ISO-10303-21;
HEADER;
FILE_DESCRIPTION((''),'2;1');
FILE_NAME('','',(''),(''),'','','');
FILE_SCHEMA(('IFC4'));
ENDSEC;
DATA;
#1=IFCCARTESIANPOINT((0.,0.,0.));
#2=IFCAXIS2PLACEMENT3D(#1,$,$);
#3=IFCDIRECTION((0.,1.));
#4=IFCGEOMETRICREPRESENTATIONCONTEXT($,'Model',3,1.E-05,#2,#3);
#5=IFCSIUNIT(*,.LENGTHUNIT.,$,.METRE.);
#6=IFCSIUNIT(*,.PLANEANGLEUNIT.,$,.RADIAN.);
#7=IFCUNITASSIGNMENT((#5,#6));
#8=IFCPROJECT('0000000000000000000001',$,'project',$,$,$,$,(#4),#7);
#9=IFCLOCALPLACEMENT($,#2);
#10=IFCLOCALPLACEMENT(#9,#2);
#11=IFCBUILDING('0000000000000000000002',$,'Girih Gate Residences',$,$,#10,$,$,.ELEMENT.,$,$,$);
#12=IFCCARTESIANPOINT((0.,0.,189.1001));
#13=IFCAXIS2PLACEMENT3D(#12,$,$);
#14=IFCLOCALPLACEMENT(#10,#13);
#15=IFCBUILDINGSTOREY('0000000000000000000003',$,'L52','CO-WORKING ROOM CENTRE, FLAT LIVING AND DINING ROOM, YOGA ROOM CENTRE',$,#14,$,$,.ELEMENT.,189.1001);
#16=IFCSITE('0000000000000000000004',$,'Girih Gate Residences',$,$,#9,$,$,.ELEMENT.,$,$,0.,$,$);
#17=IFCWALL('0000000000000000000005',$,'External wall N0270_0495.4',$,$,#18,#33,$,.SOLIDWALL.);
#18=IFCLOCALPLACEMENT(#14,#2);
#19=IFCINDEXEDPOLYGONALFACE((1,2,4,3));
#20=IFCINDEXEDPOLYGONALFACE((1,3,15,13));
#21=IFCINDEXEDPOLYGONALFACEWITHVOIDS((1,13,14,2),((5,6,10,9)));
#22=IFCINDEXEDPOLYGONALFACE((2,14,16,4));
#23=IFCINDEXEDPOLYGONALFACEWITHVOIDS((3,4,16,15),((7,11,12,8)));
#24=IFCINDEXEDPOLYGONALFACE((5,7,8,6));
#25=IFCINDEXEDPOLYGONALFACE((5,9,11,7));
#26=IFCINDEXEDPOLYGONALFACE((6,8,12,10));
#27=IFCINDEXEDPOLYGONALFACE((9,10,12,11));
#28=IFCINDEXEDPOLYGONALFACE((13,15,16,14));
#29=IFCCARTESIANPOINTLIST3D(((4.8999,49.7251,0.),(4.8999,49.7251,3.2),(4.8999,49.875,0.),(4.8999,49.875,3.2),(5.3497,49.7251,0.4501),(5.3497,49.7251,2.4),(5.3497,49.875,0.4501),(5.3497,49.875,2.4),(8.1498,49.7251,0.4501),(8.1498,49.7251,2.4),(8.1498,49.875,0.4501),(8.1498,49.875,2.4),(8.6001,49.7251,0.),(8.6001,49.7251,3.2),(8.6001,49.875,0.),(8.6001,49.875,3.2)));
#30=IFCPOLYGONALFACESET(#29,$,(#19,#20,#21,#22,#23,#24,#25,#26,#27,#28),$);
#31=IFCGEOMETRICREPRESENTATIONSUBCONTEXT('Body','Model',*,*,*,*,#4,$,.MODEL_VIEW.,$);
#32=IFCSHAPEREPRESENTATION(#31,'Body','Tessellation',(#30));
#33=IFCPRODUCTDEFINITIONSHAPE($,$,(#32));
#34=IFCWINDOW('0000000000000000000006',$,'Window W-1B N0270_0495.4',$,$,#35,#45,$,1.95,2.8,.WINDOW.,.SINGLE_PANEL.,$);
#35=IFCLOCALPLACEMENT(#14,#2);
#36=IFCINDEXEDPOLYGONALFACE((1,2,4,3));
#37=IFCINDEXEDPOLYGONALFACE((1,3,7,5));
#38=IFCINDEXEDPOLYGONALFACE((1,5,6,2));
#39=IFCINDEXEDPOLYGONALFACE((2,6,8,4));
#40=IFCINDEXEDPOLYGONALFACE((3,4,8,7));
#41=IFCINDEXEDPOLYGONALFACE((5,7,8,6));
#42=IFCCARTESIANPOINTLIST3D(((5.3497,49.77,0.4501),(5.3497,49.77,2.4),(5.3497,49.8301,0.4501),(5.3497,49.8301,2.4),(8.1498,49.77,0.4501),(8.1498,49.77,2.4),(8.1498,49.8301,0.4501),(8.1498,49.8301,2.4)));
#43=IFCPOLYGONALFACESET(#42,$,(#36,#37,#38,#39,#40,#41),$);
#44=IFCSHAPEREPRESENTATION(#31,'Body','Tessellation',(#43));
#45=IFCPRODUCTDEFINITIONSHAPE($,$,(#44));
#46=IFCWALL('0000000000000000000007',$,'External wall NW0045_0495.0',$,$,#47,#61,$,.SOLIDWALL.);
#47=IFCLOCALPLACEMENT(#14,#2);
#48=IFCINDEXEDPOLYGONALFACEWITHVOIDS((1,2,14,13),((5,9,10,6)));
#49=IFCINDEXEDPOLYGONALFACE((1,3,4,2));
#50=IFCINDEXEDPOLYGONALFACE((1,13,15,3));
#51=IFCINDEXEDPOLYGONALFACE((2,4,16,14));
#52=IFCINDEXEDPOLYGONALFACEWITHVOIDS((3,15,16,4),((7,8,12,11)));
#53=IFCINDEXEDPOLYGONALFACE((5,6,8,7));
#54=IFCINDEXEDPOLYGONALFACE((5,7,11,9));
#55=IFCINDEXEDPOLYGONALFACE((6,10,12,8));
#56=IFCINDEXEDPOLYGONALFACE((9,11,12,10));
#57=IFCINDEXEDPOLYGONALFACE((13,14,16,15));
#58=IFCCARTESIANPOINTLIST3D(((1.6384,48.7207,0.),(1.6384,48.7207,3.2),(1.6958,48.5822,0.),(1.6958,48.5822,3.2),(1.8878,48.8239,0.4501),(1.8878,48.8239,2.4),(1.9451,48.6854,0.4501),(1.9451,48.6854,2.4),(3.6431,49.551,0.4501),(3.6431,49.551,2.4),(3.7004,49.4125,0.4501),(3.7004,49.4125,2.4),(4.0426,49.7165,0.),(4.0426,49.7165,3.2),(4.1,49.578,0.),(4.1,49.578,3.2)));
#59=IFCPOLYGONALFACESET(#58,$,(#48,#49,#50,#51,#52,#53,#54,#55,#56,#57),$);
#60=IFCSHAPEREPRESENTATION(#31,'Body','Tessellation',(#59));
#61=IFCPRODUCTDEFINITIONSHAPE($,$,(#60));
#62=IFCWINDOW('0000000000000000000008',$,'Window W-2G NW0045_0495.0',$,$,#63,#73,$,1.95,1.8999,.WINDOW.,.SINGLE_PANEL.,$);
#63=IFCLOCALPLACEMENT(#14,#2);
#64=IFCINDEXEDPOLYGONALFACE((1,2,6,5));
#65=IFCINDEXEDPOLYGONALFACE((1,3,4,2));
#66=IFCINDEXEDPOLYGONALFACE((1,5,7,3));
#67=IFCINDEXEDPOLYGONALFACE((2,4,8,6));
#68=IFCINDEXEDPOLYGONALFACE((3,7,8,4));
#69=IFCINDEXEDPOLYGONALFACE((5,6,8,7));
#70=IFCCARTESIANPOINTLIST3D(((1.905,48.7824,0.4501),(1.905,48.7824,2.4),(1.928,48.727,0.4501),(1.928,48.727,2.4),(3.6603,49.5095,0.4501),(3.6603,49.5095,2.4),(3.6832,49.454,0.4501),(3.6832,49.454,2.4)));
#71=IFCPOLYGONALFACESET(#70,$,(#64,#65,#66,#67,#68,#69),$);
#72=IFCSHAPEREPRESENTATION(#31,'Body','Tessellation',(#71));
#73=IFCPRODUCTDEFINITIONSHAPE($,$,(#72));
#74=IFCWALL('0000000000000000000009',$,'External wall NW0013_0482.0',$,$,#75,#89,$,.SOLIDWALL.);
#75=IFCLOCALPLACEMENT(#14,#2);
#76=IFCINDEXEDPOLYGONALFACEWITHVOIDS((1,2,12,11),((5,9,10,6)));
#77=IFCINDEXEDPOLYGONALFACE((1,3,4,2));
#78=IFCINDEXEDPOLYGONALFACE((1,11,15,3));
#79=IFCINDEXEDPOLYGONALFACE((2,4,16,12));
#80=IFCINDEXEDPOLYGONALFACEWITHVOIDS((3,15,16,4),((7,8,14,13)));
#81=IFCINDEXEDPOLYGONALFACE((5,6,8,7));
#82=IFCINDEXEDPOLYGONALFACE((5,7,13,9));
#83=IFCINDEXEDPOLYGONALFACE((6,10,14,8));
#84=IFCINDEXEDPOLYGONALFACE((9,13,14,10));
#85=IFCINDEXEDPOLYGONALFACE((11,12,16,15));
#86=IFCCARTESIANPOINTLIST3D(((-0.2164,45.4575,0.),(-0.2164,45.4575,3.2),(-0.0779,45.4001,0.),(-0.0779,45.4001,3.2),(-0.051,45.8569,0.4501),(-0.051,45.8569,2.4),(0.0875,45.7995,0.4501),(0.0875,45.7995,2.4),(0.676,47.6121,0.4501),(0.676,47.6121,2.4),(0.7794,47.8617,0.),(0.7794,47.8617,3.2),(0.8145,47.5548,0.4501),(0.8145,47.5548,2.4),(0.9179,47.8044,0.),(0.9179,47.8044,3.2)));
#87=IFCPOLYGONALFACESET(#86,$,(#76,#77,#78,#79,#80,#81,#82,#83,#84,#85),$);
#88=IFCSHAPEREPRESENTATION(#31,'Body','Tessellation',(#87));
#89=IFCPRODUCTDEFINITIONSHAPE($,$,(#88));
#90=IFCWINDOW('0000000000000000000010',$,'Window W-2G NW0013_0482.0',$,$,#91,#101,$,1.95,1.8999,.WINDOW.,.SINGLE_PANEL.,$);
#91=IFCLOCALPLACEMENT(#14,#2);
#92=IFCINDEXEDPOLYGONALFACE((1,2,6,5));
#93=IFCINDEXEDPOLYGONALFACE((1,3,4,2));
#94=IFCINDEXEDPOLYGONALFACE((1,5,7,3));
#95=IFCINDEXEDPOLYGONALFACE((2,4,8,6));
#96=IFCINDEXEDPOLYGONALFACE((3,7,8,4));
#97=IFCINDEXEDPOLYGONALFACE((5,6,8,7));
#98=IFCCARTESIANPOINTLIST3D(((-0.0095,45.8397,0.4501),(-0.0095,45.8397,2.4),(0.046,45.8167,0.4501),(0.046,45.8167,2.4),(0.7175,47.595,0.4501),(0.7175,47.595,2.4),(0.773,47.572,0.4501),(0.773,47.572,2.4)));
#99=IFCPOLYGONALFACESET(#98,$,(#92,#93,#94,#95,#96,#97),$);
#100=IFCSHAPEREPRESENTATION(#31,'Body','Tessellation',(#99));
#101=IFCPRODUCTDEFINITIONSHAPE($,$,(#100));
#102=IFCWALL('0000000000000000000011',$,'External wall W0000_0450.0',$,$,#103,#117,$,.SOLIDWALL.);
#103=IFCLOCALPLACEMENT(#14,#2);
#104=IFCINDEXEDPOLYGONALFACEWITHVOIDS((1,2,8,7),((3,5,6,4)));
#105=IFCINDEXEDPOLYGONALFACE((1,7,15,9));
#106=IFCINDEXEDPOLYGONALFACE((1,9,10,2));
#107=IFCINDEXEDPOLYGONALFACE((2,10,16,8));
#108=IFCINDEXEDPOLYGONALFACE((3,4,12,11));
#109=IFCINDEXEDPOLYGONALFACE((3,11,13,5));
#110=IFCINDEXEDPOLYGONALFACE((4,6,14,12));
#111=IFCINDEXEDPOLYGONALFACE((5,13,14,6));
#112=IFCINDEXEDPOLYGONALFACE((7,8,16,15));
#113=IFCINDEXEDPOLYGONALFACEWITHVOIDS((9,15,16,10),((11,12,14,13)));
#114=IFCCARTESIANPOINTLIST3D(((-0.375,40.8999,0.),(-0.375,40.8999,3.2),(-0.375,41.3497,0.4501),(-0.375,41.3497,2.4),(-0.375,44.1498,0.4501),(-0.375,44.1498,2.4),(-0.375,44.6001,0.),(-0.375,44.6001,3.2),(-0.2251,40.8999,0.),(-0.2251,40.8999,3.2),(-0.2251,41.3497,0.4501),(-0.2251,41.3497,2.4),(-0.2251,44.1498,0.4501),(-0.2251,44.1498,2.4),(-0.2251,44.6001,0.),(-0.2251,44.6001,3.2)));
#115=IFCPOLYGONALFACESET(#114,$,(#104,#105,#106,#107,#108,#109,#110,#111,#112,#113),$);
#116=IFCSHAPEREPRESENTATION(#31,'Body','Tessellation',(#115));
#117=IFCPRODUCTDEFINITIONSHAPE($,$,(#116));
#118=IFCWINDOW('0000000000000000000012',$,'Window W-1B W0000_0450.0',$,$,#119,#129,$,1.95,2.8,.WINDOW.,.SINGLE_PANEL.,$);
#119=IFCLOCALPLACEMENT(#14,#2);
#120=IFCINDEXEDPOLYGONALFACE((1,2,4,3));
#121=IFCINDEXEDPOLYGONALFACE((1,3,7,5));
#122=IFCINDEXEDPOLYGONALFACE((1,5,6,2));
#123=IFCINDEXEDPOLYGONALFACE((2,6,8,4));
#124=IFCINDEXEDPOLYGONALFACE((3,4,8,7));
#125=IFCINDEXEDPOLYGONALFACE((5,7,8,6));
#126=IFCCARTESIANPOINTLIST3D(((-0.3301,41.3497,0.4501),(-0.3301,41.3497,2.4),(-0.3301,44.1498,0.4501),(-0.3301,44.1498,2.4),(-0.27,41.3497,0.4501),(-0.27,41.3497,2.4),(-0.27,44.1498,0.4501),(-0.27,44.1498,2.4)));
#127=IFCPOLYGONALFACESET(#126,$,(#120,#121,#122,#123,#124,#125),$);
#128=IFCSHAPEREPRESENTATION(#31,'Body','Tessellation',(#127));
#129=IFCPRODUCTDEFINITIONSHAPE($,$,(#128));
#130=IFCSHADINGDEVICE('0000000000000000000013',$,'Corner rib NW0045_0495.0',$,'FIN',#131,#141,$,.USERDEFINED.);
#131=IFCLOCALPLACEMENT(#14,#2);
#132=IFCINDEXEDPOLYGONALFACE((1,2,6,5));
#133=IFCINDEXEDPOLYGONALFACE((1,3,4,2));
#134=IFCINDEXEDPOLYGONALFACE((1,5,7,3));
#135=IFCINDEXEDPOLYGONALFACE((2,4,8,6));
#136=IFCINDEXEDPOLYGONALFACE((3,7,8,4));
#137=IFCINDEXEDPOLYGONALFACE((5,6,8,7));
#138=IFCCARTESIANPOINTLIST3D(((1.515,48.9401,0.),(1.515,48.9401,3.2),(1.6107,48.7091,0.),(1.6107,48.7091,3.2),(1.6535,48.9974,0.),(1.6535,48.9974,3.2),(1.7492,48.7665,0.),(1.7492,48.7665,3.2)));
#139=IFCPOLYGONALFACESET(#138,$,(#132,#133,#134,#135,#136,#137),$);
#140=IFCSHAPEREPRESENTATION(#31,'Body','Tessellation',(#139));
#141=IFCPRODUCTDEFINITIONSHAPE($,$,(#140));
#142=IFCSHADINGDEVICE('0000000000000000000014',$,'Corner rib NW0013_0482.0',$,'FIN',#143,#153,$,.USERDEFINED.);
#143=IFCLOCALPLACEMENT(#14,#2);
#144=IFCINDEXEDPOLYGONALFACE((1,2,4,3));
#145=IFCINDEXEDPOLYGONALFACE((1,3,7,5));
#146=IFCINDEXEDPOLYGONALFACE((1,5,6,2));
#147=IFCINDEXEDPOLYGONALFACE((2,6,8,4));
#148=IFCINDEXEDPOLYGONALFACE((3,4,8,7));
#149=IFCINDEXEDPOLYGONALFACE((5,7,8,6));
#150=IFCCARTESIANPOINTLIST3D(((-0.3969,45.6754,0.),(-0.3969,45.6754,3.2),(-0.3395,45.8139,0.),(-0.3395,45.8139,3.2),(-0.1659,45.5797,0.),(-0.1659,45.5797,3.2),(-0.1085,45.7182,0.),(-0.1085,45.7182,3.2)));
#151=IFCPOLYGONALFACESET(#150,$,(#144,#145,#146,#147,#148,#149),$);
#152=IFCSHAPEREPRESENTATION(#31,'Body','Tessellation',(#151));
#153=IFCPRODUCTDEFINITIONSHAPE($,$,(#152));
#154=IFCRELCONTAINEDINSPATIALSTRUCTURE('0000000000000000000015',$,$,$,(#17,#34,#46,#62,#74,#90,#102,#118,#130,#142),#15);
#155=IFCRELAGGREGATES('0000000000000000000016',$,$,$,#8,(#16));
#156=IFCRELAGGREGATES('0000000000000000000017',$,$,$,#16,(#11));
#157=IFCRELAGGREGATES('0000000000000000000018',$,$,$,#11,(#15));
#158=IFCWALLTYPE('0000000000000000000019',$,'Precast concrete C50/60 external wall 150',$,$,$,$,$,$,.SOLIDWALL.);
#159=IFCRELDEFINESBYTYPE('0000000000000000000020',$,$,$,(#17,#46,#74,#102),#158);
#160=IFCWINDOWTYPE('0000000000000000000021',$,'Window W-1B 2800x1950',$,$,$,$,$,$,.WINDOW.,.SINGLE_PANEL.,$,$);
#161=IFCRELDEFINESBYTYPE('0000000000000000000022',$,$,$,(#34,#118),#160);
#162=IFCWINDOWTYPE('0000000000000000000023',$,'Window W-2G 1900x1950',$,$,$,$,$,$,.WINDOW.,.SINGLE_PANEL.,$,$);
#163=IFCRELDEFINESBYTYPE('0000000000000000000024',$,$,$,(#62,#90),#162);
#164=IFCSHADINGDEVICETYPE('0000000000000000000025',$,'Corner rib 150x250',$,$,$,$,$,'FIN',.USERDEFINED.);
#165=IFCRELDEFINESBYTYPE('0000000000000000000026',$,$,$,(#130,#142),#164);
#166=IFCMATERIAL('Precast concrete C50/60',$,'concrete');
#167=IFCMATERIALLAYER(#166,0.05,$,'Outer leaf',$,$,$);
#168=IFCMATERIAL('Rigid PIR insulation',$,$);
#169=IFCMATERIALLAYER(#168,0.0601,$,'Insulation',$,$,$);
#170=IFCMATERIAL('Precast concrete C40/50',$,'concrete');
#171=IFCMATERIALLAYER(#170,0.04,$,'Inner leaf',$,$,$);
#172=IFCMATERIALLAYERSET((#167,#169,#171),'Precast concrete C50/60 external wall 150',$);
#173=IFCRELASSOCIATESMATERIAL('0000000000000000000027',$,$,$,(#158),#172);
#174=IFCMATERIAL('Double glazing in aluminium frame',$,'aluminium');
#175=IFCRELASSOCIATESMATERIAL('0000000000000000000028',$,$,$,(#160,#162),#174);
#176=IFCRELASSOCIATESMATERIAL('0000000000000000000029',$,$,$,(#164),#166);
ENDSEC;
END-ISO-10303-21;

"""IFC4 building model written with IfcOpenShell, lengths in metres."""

from ifc_helpers import new_model, si_unit, direction, frame, frame_2d, origin, origin_2d, place, context, subcontext, project, spatial, rectangle, extrude, material, layer, layer_set, type_object, element, fill, save


model = new_model("IFC4")

# Units and contexts
model_context = context("Model", 3, precision=1e-05, world=origin(), true_north=direction((0.0, 1.0)))
body_context = subcontext(model_context, "Body", "Model", "MODEL_VIEW")
ifc_project = project(units=[si_unit("LENGTHUNIT", "METRE"), si_unit("PLANEANGLEUNIT", "RADIAN")], contexts=[model_context])

# Site, building, storey
site_placement = place(None, origin())
site = spatial("IfcSite", under=ifc_project, at=site_placement, Name="Girih Gate Residences", CompositionType="ELEMENT", RefElevation=0.0)
building_placement = place(site_placement, origin())
building = spatial("IfcBuilding", under=site, at=building_placement, Name="Girih Gate Residences", CompositionType="ELEMENT")
storey_placement = place(building_placement, frame((0.0, 0.0, 189.1001)))
storey = spatial("IfcBuildingStorey", under=building, at=storey_placement, Name="L52", Description="CO-WORKING ROOM CENTRE, FLAT LIVING AND DINING ROOM, YOGA ROOM CENTRE", CompositionType="ELEMENT", Elevation=189.1001)

# Walls, openings, windows
ifc_material_1 = material(Name="Precast concrete C50/60", Category="concrete")
ifc_layer_1 = layer(ifc_material_1, 0.05, Name="Outer leaf")
ifc_material_2 = material(Name="Rigid PIR insulation")
ifc_layer_2 = layer(ifc_material_2, 0.0601, Name="Insulation")
ifc_material_3 = material(Name="Precast concrete C40/50", Category="concrete")
ifc_layer_3 = layer(ifc_material_3, 0.04, Name="Inner leaf")
ifc_layer_set_1 = layer_set([ifc_layer_1, ifc_layer_2, ifc_layer_3], Name="Precast concrete C50/60 external wall 150")
wall_type_1 = type_object("IfcWallType", Name="Precast concrete C50/60 external wall 150", PredefinedType="SOLIDWALL", material=ifc_layer_set_1)
wall_1_placement = place(storey_placement, frame((4.8999, 49.8, 0.0), z_axis=(0.0, 0.0, 1.0), x_axis=(1.0, 0.0, 0.0)))
wall_1 = element("IfcWall", 1, at=wall_1_placement, inside=storey, type_object=wall_type_1, Name="External wall N0270_0495.4", PredefinedType="SOLIDWALL", context=body_context, shape_type="SweptSolid", body=[
    extrude(rectangle(XDim=3.7002, YDim=0.1499, at=frame_2d((1.8501, 0.0))), origin(), (0.0, 0.0, 1.0), 3.2),
])
opening_1_placement = place(wall_1_placement, frame((0.45, 0.0, 0.45)))
opening_1 = element("IfcOpeningElement", 2, at=opening_1_placement, cuts=wall_1, PredefinedType="OPENING", context=body_context, shape_type="SweptSolid", body=[
    extrude(rectangle(XDim=2.8, YDim=1.95, at=frame_2d((1.3999, 0.9751))), frame((0.0, 0.085, 0.0), z_axis=(0.0, -1.0, 0.0), x_axis=(1.0, 0.0, 0.0)), (0.0, 0.0, 1.0), 0.1699),
])
ifc_material_4 = material(Name="Double glazing in aluminium frame", Category="aluminium")
window_type_1 = type_object("IfcWindowType", Name="Window W-1B 2800x1950", PartitioningType="SINGLE_PANEL", PredefinedType="WINDOW", material=ifc_material_4)
window_1_placement = place(opening_1_placement, origin())
window_1 = element("IfcWindow", 3, at=window_1_placement, inside=storey, type_object=window_type_1, Name="Window W-1B N0270_0495.4", OverallHeight=1.95, OverallWidth=2.8, PartitioningType="SINGLE_PANEL", PredefinedType="WINDOW", context=body_context, shape_type="SweptSolid", body=[
    extrude(rectangle(XDim=2.8, YDim=1.95, at=frame_2d((1.3999, 0.9751))), frame((0.0, 0.03, 0.0), z_axis=(0.0, -1.0, 0.0), x_axis=(1.0, 0.0, 0.0)), (0.0, 0.0, 1.0), 0.0601),
])
fill(opening_1, window_1)
wall_2_placement = place(storey_placement, frame((1.667, 48.6514, 0.0), z_axis=(0.0, 0.0, 1.0), x_axis=(0.923885, 0.382669, 0.0)))
wall_2 = element("IfcWall", 4, at=wall_2_placement, inside=storey, type_object=wall_type_1, Name="External wall NW0045_0495.0", PredefinedType="SOLIDWALL", context=body_context, shape_type="SweptSolid", body=[
    extrude(rectangle(XDim=2.6023, YDim=0.1499, at=frame_2d((1.3013, 0.0))), origin(), (0.0, 0.0, 1.0), 3.2),
])
opening_2_placement = place(wall_2_placement, frame((0.27, 0.0, 0.45)))
opening_2 = element("IfcOpeningElement", 5, at=opening_2_placement, cuts=wall_2, PredefinedType="OPENING", context=body_context, shape_type="SweptSolid", body=[
    extrude(rectangle(XDim=1.8999, YDim=1.95, at=frame_2d((0.95, 0.9751))), frame((0.0, 0.085, 0.0), z_axis=(0.0, -1.0, 0.0), x_axis=(1.0, 0.0, 0.0)), (0.0, 0.0, 1.0), 0.1699),
])
window_type_2 = type_object("IfcWindowType", Name="Window W-2G 1900x1950", PartitioningType="SINGLE_PANEL", PredefinedType="WINDOW", material=ifc_material_4)
window_2_placement = place(opening_2_placement, origin())
window_2 = element("IfcWindow", 6, at=window_2_placement, inside=storey, type_object=window_type_2, Name="Window W-2G NW0045_0495.0", OverallHeight=1.95, OverallWidth=1.8999, PartitioningType="SINGLE_PANEL", PredefinedType="WINDOW", context=body_context, shape_type="SweptSolid", body=[
    extrude(rectangle(XDim=1.8999, YDim=1.95, at=frame_2d((0.95, 0.9751))), frame((0.0, 0.03, 0.0), z_axis=(0.0, -1.0, 0.0), x_axis=(1.0, 0.0, 0.0)), (0.0, 0.0, 1.0), 0.0601),
])
fill(opening_2, window_2)
wall_3_placement = place(storey_placement, frame((-0.1472, 45.4287, 0.0), z_axis=(0.0, 0.0, 1.0), x_axis=(0.382669, 0.923885, 0.0)))
wall_3 = element("IfcWall", 7, at=wall_3_placement, inside=storey, type_object=wall_type_1, Name="External wall NW0013_0482.0", PredefinedType="SOLIDWALL", context=body_context, shape_type="SweptSolid", body=[
    extrude(rectangle(XDim=2.6023, YDim=0.1499, at=frame_2d((1.3013, 0.0))), origin(), (0.0, 0.0, 1.0), 3.2),
])
opening_3_placement = place(wall_3_placement, frame((0.4324, 0.0, 0.45)))
opening_3 = element("IfcOpeningElement", 8, at=opening_3_placement, cuts=wall_3, PredefinedType="OPENING", context=body_context, shape_type="SweptSolid", body=[
    extrude(rectangle(XDim=1.8999, YDim=1.95, at=frame_2d((0.95, 0.9751))), frame((0.0, 0.085, 0.0), z_axis=(0.0, -1.0, 0.0), x_axis=(1.0, 0.0, 0.0)), (0.0, 0.0, 1.0), 0.1699),
])
window_3_placement = place(opening_3_placement, origin())
window_3 = element("IfcWindow", 9, at=window_3_placement, inside=storey, type_object=window_type_2, Name="Window W-2G NW0013_0482.0", OverallHeight=1.95, OverallWidth=1.8999, PartitioningType="SINGLE_PANEL", PredefinedType="WINDOW", context=body_context, shape_type="SweptSolid", body=[
    extrude(rectangle(XDim=1.8999, YDim=1.95, at=frame_2d((0.95, 0.9751))), frame((0.0, 0.03, 0.0), z_axis=(0.0, -1.0, 0.0), x_axis=(1.0, 0.0, 0.0)), (0.0, 0.0, 1.0), 0.0601),
])
fill(opening_3, window_3)
wall_4_placement = place(storey_placement, frame((-0.3, 40.8999, 0.0), z_axis=(0.0, 0.0, 1.0), x_axis=(0.0, 1.0, 0.0)))
wall_4 = element("IfcWall", 10, at=wall_4_placement, inside=storey, type_object=wall_type_1, Name="External wall W0000_0450.0", PredefinedType="SOLIDWALL", context=body_context, shape_type="SweptSolid", body=[
    extrude(rectangle(XDim=3.7002, YDim=0.1499, at=frame_2d((1.8501, 0.0))), origin(), (0.0, 0.0, 1.0), 3.2),
])
opening_4_placement = place(wall_4_placement, frame((0.45, 0.0, 0.45)))
opening_4 = element("IfcOpeningElement", 11, at=opening_4_placement, cuts=wall_4, PredefinedType="OPENING", context=body_context, shape_type="SweptSolid", body=[
    extrude(rectangle(XDim=2.8, YDim=1.95, at=frame_2d((1.3999, 0.9751))), frame((0.0, 0.085, 0.0), z_axis=(0.0, -1.0, 0.0), x_axis=(1.0, 0.0, 0.0)), (0.0, 0.0, 1.0), 0.1699),
])
window_4_placement = place(opening_4_placement, origin())
window_4 = element("IfcWindow", 12, at=window_4_placement, inside=storey, type_object=window_type_1, Name="Window W-1B W0000_0450.0", OverallHeight=1.95, OverallWidth=2.8, PartitioningType="SINGLE_PANEL", PredefinedType="WINDOW", context=body_context, shape_type="SweptSolid", body=[
    extrude(rectangle(XDim=2.8, YDim=1.95, at=frame_2d((1.3999, 0.9751))), frame((0.0, 0.03, 0.0), z_axis=(0.0, -1.0, 0.0), x_axis=(1.0, 0.0, 0.0)), (0.0, 0.0, 1.0), 0.0601),
])
fill(opening_4, window_4)

# Shading devices
shading_device_type = type_object("IfcShadingDeviceType", Name="Corner rib 150x250", ElementType="FIN", PredefinedType="USERDEFINED", material=ifc_material_1)
for number, where, z_axis, x_axis, name in (
    (13, (1.6321, 48.8533, 0.0), (0.0, 0.0, 1.0), (-0.92388, -0.382683, 0.0), "Corner rib NW0045_0495.0"),
    (14, (-0.2527, 45.6968, 0.0), (0.0, 0.0, 1.0), (-0.382683, -0.92388, 0.0), "Corner rib NW0013_0482.0"),
):
    element("IfcShadingDevice", number, at=place(storey_placement, frame(where, z_axis=z_axis, x_axis=x_axis)), inside=storey, type_object=shading_device_type, Name=name, ObjectType="FIN", PredefinedType="USERDEFINED", context=body_context, shape_type="SweptSolid", body=[
        extrude(rectangle(XDim=0.1499, YDim=0.25, at=origin_2d()), origin(), (0.0, 0.0, 1.0), 3.2),
    ])

save(model, "model.ifc")
